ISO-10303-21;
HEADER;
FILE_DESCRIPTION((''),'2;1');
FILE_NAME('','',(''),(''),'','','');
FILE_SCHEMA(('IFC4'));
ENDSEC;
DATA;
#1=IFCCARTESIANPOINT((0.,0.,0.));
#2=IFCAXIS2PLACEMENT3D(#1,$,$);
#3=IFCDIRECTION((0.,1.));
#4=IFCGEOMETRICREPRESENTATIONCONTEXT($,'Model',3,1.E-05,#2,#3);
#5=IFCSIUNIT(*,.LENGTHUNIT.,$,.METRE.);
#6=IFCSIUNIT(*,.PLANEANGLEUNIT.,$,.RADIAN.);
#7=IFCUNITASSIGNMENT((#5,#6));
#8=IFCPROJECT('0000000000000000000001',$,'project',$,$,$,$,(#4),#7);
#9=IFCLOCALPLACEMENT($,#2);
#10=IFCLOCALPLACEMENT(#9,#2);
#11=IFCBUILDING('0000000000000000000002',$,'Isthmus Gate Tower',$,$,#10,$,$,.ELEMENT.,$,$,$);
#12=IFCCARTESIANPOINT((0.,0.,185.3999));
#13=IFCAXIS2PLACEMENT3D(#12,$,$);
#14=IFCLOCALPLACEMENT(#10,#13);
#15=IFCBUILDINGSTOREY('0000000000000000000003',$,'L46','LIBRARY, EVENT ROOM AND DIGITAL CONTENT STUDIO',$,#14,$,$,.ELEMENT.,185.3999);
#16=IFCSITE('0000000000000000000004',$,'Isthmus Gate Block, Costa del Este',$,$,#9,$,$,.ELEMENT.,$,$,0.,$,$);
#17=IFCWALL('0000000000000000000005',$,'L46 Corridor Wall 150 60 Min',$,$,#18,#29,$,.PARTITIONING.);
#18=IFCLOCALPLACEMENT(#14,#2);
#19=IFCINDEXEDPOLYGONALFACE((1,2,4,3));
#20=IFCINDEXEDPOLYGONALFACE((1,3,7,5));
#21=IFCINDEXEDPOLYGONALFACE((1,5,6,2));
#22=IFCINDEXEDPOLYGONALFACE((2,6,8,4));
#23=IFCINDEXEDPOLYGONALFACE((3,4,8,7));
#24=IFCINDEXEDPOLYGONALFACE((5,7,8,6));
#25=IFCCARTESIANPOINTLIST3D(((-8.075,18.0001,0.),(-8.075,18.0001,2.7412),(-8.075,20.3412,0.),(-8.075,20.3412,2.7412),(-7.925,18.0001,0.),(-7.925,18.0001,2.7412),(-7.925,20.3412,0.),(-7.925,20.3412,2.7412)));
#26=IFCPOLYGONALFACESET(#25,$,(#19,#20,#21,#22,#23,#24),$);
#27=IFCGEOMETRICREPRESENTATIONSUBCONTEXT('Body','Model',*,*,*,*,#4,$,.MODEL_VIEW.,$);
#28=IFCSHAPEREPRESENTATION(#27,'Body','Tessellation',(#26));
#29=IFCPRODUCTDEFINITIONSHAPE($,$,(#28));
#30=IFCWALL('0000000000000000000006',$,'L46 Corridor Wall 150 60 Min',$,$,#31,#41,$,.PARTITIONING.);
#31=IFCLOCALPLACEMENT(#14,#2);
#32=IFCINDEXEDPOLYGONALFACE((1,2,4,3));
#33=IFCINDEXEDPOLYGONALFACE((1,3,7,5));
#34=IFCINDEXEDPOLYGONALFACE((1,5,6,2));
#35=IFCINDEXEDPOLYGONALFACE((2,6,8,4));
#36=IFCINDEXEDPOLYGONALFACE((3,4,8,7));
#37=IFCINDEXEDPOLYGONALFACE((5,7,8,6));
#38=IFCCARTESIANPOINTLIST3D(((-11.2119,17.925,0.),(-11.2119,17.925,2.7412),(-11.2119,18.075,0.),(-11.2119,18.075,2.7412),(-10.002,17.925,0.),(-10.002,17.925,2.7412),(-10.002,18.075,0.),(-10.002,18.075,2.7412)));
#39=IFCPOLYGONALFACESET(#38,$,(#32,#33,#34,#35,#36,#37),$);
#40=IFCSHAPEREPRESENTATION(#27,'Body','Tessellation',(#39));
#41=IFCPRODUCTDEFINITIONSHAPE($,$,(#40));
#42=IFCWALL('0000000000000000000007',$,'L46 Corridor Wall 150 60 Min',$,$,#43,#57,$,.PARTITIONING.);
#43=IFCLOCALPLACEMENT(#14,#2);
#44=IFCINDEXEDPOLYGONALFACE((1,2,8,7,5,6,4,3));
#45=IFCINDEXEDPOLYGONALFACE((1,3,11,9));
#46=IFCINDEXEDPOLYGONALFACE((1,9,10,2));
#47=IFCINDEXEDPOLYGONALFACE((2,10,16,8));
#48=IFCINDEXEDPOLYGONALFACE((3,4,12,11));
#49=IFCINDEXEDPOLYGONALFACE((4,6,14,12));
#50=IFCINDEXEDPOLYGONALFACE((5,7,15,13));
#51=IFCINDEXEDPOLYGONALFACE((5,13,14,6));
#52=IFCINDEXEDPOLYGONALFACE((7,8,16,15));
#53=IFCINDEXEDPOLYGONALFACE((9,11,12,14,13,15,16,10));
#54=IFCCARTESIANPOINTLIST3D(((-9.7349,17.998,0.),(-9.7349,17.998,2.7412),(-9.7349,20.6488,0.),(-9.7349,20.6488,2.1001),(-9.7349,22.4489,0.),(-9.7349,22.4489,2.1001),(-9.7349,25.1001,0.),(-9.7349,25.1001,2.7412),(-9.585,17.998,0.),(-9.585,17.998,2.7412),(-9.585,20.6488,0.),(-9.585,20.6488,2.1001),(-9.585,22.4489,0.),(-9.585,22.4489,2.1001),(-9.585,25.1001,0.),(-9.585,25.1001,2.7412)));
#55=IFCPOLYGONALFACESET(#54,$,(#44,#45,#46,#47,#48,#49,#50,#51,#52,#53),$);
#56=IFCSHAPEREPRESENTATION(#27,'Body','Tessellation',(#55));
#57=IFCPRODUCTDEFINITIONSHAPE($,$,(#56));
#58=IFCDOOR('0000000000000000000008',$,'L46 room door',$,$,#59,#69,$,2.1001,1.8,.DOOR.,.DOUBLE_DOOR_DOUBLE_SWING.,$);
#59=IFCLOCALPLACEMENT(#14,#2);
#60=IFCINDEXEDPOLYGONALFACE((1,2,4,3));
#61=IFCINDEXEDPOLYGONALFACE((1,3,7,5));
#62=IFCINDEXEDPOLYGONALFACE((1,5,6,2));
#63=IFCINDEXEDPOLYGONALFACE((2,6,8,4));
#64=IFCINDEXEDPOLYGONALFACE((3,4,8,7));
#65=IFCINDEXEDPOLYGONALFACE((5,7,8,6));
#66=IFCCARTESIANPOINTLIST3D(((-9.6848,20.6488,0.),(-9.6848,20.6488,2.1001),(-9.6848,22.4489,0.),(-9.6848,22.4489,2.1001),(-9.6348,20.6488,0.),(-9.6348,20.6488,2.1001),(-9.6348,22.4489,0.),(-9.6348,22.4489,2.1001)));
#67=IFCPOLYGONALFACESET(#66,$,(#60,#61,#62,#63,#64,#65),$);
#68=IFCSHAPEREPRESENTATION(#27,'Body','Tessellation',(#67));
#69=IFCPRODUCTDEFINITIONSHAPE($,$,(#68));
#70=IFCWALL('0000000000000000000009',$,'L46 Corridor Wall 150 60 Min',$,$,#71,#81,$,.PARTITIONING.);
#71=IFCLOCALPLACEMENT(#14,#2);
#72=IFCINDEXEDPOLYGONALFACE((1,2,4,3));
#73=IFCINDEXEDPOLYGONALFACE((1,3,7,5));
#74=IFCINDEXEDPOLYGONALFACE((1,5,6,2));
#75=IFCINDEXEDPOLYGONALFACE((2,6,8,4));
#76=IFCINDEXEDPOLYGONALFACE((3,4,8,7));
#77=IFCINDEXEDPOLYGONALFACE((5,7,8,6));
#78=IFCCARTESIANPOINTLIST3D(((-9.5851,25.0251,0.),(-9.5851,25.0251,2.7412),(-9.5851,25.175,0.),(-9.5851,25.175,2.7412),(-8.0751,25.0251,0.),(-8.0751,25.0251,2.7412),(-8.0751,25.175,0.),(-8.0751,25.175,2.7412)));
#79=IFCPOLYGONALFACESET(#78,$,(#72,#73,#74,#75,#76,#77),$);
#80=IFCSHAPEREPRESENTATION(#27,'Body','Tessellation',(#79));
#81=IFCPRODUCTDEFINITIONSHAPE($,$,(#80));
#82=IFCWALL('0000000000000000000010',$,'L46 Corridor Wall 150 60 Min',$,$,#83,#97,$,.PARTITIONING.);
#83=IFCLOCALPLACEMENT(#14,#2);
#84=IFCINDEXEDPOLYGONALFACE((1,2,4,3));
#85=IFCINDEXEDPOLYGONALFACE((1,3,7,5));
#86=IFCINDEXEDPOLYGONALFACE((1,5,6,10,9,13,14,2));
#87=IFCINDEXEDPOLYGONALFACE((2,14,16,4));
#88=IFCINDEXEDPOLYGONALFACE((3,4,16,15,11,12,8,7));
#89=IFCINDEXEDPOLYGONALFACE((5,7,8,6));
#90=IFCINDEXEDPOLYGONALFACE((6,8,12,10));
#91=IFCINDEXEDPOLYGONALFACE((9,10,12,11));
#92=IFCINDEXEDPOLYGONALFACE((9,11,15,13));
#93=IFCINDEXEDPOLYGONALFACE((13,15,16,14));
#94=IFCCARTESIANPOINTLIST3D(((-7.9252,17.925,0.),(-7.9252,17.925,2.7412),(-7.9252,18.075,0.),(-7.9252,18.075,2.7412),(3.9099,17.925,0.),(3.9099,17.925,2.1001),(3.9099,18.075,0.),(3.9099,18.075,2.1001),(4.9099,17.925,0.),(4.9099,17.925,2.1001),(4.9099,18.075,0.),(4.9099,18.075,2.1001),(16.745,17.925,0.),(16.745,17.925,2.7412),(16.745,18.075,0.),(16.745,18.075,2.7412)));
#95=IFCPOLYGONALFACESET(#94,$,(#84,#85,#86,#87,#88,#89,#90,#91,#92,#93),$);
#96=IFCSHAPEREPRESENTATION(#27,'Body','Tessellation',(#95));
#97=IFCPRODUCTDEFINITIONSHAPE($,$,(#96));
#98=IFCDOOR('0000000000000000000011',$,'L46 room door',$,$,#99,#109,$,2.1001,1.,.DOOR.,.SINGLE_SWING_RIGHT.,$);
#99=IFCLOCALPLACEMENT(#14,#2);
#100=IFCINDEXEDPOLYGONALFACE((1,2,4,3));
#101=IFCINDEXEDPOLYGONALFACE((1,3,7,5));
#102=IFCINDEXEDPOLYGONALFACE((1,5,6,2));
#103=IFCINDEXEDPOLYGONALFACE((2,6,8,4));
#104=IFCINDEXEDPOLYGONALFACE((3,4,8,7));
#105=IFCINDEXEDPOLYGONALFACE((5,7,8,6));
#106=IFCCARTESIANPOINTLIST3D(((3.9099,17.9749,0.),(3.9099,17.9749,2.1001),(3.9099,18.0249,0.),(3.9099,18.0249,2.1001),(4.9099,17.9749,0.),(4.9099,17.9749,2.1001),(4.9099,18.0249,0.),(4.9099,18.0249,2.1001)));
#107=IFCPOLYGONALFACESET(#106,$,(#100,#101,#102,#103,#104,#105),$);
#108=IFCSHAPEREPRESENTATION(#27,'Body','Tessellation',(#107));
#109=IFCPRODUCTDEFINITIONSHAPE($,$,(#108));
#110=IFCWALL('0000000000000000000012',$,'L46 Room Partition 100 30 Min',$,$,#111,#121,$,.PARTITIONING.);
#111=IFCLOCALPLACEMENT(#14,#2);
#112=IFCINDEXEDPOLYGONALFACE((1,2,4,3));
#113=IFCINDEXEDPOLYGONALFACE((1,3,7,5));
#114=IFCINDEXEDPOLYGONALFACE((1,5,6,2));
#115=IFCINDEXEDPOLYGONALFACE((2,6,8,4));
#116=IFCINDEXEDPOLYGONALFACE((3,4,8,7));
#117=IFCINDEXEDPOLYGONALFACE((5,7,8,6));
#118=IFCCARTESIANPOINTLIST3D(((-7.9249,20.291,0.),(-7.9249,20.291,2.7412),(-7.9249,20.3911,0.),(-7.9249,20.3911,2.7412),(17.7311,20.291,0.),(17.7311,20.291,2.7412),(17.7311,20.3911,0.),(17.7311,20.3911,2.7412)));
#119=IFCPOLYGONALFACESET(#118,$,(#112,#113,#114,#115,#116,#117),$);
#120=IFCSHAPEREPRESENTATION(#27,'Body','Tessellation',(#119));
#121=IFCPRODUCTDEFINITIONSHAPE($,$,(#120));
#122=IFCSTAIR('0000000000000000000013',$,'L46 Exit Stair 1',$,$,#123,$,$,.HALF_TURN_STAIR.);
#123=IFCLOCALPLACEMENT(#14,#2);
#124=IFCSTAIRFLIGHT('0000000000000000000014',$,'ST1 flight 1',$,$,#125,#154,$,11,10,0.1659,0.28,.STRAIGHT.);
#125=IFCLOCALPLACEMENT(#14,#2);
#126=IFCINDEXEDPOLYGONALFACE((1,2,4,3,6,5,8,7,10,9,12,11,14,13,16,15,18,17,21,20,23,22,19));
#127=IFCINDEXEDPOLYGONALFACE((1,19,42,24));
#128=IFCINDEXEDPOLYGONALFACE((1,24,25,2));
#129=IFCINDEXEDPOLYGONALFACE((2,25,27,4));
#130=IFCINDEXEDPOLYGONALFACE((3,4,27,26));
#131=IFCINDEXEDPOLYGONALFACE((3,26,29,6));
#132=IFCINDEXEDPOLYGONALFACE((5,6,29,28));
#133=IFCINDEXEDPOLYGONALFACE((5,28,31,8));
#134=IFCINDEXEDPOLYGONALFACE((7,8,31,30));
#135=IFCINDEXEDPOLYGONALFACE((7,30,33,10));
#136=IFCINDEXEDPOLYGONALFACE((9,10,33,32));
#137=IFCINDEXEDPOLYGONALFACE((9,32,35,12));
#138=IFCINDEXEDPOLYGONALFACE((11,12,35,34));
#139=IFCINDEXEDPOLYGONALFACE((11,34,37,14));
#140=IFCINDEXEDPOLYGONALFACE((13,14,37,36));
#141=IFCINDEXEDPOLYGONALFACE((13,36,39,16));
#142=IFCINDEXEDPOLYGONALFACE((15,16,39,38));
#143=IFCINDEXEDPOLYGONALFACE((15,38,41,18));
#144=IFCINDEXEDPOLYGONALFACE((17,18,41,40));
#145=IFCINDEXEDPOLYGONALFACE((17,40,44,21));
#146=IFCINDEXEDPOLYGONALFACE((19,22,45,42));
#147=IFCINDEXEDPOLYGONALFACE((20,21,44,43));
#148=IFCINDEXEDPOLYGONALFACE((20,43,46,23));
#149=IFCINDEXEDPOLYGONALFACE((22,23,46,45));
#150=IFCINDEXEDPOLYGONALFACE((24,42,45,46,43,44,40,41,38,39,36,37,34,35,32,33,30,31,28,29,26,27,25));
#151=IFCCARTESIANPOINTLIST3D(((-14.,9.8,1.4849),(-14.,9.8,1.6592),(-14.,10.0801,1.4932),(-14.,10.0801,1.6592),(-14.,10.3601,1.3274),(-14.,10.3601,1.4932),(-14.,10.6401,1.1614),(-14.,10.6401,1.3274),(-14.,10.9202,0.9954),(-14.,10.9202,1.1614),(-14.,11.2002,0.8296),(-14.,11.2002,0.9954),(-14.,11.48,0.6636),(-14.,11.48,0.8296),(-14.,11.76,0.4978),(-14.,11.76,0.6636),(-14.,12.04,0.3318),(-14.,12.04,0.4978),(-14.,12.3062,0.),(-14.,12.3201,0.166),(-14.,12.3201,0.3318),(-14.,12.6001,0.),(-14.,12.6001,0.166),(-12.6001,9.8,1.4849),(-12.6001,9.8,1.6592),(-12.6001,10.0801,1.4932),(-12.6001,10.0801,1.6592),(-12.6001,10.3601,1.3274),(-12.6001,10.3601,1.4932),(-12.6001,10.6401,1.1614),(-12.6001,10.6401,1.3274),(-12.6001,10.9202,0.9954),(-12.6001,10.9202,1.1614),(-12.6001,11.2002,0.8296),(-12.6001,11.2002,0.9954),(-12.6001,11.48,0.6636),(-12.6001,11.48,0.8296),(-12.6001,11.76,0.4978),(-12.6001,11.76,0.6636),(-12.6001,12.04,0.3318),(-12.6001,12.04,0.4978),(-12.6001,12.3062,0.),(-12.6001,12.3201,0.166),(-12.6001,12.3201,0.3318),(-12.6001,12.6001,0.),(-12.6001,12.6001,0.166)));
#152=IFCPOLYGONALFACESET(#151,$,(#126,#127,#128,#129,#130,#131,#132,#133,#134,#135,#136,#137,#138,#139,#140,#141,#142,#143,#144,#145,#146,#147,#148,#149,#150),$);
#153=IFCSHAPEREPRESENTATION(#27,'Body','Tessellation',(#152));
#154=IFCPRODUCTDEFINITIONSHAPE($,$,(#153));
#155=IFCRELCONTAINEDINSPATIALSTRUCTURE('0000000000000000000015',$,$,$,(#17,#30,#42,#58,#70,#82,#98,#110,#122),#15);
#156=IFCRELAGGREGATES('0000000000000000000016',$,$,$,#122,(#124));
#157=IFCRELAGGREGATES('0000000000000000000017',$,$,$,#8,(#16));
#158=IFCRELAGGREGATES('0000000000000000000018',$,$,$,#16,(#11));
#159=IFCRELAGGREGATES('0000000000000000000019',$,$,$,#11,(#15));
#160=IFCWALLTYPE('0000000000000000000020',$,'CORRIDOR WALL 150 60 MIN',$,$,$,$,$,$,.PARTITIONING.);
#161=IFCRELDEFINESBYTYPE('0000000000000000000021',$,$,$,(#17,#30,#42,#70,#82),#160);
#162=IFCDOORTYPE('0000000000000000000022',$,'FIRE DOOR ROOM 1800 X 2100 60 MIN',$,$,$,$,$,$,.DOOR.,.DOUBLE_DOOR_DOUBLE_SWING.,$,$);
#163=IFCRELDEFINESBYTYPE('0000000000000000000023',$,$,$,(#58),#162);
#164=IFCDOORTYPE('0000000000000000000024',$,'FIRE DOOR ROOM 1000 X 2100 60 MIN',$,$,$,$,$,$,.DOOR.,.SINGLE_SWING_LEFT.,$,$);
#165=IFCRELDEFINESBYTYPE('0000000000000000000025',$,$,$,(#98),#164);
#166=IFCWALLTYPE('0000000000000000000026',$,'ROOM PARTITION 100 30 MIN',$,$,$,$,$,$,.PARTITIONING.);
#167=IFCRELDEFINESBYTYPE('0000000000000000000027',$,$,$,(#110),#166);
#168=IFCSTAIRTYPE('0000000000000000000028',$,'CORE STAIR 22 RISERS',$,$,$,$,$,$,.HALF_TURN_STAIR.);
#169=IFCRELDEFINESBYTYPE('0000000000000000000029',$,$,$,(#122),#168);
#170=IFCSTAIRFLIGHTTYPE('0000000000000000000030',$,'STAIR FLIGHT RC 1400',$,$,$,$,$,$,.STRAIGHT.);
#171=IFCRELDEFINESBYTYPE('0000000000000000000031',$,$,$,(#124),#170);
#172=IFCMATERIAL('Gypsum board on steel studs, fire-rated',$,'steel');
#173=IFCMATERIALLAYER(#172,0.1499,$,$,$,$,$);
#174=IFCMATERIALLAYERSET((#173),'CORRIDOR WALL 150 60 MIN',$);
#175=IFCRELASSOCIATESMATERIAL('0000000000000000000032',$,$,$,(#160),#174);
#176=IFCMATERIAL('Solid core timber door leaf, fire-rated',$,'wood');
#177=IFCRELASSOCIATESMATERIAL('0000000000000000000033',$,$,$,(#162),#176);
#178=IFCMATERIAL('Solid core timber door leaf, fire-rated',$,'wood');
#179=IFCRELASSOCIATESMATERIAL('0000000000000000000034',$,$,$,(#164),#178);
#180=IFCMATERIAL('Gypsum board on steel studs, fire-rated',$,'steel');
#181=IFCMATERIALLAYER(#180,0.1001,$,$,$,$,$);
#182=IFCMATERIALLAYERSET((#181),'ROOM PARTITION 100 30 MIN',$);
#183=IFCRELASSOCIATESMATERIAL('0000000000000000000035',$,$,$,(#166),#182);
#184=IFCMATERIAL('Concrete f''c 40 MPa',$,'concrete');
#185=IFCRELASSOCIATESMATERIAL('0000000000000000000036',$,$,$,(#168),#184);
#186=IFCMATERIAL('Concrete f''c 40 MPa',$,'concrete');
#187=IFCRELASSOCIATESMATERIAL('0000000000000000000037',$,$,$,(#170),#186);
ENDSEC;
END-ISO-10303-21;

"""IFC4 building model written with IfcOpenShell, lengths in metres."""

from ifc_helpers import new_model, si_unit, direction, frame, frame_2d, origin, place, context, subcontext, project, spatial, polyline, rectangle, outline, extrude, material, layer, layer_set, type_object, element, fill, aggregate, save


model = new_model("IFC4")

# Units and contexts
model_context = context("Model", 3, precision=1e-05, world=origin(), true_north=direction((0.0, 1.0)))
body_context = subcontext(model_context, "Body", "Model", "MODEL_VIEW")
ifc_project = project(units=[si_unit("LENGTHUNIT", "METRE"), si_unit("PLANEANGLEUNIT", "RADIAN")], contexts=[model_context])

# Site, building, storey
site_placement = place(None, origin())
site = spatial("IfcSite", under=ifc_project, at=site_placement, Name="Isthmus Gate Block, Costa del Este", CompositionType="ELEMENT", RefElevation=0.0)
building_placement = place(site_placement, origin())
building = spatial("IfcBuilding", under=site, at=building_placement, Name="Isthmus Gate Tower", CompositionType="ELEMENT")
storey_placement = place(building_placement, frame((0.0, 0.0, 185.3999)))
storey = spatial("IfcBuildingStorey", under=building, at=storey_placement, Name="L46", Description="LIBRARY, EVENT ROOM AND DIGITAL CONTENT STUDIO", CompositionType="ELEMENT", Elevation=185.3999)

# Walls
ifc_material_1 = material(Name="Gypsum board on steel studs, fire-rated", Category="steel")
ifc_layer_1 = layer(ifc_material_1, 0.1499)
ifc_layer_set_1 = layer_set([ifc_layer_1], Name="CORRIDOR WALL 150 60 MIN")
wall_type_1 = type_object("IfcWallType", Name="CORRIDOR WALL 150 60 MIN", PredefinedType="PARTITIONING", material=ifc_layer_set_1)
wall_1_placement = place(storey_placement, frame((-8.0, 20.3411, 0.0), z_axis=(0.0, 0.0, 1.0), x_axis=(0.0, -1.0, 0.0)))
element("IfcWall", 1, at=wall_1_placement, inside=storey, type_object=wall_type_1, Name="L46 Corridor Wall 150 60 Min", PredefinedType="PARTITIONING", context=body_context, shape_type="SweptSolid", body=[
    extrude(rectangle(XDim=2.3411, YDim=0.1499, at=frame_2d((1.1704, 0.0))), origin(), (0.0, 0.0, 1.0), 2.7412),
])
wall_2_placement = place(storey_placement, frame((-11.2119, 18.0, 0.0), z_axis=(0.0, 0.0, 1.0), x_axis=(1.0, 0.0, 0.0)))
element("IfcWall", 2, at=wall_2_placement, inside=storey, type_object=wall_type_1, Name="L46 Corridor Wall 150 60 Min", PredefinedType="PARTITIONING", context=body_context, shape_type="SweptSolid", body=[
    extrude(rectangle(XDim=1.21, YDim=0.1499, at=frame_2d((0.605, 0.0))), origin(), (0.0, 0.0, 1.0), 2.7412),
])

# Wall, opening, door
wall_3_placement = place(storey_placement, frame((-9.6599, 17.998, 0.0), z_axis=(0.0, 0.0, 1.0), x_axis=(0.0, 1.0, 0.0)))
wall_3 = element("IfcWall", 3, at=wall_3_placement, inside=storey, type_object=wall_type_1, Name="L46 Corridor Wall 150 60 Min", PredefinedType="PARTITIONING", context=body_context, shape_type="SweptSolid", body=[
    extrude(rectangle(XDim=7.1021, YDim=0.1499, at=frame_2d((3.551, 0.0))), origin(), (0.0, 0.0, 1.0), 2.7412),
])
opening_1_placement = place(wall_3_placement, frame((2.6509, 0.0, 0.0)))
opening_1 = element("IfcOpeningElement", 4, at=opening_1_placement, cuts=wall_3, PredefinedType="OPENING", context=body_context, shape_type="SweptSolid", body=[
    extrude(rectangle(XDim=1.8, YDim=2.1001, at=frame_2d((0.8999, 1.05))), frame((0.0, 0.085, 0.0), z_axis=(0.0, -1.0, 0.0), x_axis=(1.0, 0.0, 0.0)), (0.0, 0.0, 1.0), 0.1699),
])
ifc_material_2 = material(Name="Solid core timber door leaf, fire-rated", Category="wood")
door_type_1 = type_object("IfcDoorType", Name="FIRE DOOR ROOM 1800 X 2100 60 MIN", OperationType="DOUBLE_DOOR_DOUBLE_SWING", PredefinedType="DOOR", material=ifc_material_2)
door_1_placement = place(opening_1_placement, origin())
door_1 = element("IfcDoor", 5, at=door_1_placement, inside=storey, type_object=door_type_1, Name="L46 room door", OperationType="DOUBLE_DOOR_DOUBLE_SWING", OverallHeight=2.1001, OverallWidth=1.8, PredefinedType="DOOR", context=body_context, shape_type="SweptSolid", body=[
    extrude(rectangle(XDim=1.8, YDim=2.1001, at=frame_2d((0.8999, 1.05))), frame((0.0, 0.0249, 0.0), z_axis=(0.0, -1.0, 0.0), x_axis=(1.0, 0.0, 0.0)), (0.0, 0.0, 1.0), 0.05),
])
fill(opening_1, door_1)

# Wall
wall_4_placement = place(storey_placement, frame((-9.585, 25.1001, 0.0), z_axis=(0.0, 0.0, 1.0), x_axis=(1.0, 0.0, 0.0)))
element("IfcWall", 6, at=wall_4_placement, inside=storey, type_object=wall_type_1, Name="L46 Corridor Wall 150 60 Min", PredefinedType="PARTITIONING", context=body_context, shape_type="SweptSolid", body=[
    extrude(rectangle(XDim=1.51, YDim=0.1499, at=frame_2d((0.7549, 0.0))), origin(), (0.0, 0.0, 1.0), 2.7412),
])

# Wall, opening, door
wall_5_placement = place(storey_placement, frame((-7.925, 18.0, 0.0), z_axis=(0.0, 0.0, 1.0), x_axis=(1.0, 0.0, 0.0)))
wall_5 = element("IfcWall", 7, at=wall_5_placement, inside=storey, type_object=wall_type_1, Name="L46 Corridor Wall 150 60 Min", PredefinedType="PARTITIONING", context=body_context, shape_type="SweptSolid", body=[
    extrude(rectangle(XDim=24.6702, YDim=0.1499, at=frame_2d((12.335, 0.0))), origin(), (0.0, 0.0, 1.0), 2.7412),
])
opening_2_placement = place(wall_5_placement, frame((11.835, 0.0, 0.0)))
opening_2 = element("IfcOpeningElement", 8, at=opening_2_placement, cuts=wall_5, PredefinedType="OPENING", context=body_context, shape_type="SweptSolid", body=[
    extrude(rectangle(XDim=1.0, YDim=2.1001, at=frame_2d((0.5, 1.05))), frame((0.0, 0.085, 0.0), z_axis=(0.0, -1.0, 0.0), x_axis=(1.0, 0.0, 0.0)), (0.0, 0.0, 1.0), 0.1699),
])
ifc_material_3 = material(Name="Solid core timber door leaf, fire-rated", Category="wood")
door_type_2 = type_object("IfcDoorType", Name="FIRE DOOR ROOM 1000 X 2100 60 MIN", OperationType="SINGLE_SWING_LEFT", PredefinedType="DOOR", material=ifc_material_3)
door_2_placement = place(opening_2_placement, origin())
door_2 = element("IfcDoor", 9, at=door_2_placement, inside=storey, type_object=door_type_2, Name="L46 room door", OperationType="SINGLE_SWING_RIGHT", OverallHeight=2.1001, OverallWidth=1.0, PredefinedType="DOOR", context=body_context, shape_type="SweptSolid", body=[
    extrude(rectangle(XDim=1.0, YDim=2.1001, at=frame_2d((0.5, 1.05))), frame((0.0, 0.0249, 0.0), z_axis=(0.0, -1.0, 0.0), x_axis=(1.0, 0.0, 0.0)), (0.0, 0.0, 1.0), 0.05),
])
fill(opening_2, door_2)

# Wall
ifc_material_4 = material(Name="Gypsum board on steel studs, fire-rated", Category="steel")
ifc_layer_2 = layer(ifc_material_4, 0.1001)
ifc_layer_set_2 = layer_set([ifc_layer_2], Name="ROOM PARTITION 100 30 MIN")
wall_type_2 = type_object("IfcWallType", Name="ROOM PARTITION 100 30 MIN", PredefinedType="PARTITIONING", material=ifc_layer_set_2)
wall_6_placement = place(storey_placement, frame((-7.925, 20.3411, 0.0), z_axis=(0.0, 0.0, 1.0), x_axis=(1.0, 0.0, 0.0)))
element("IfcWall", 10, at=wall_6_placement, inside=storey, type_object=wall_type_2, Name="L46 Room Partition 100 30 Min", PredefinedType="PARTITIONING", context=body_context, shape_type="SweptSolid", body=[
    extrude(rectangle(XDim=25.656, YDim=0.1001, at=frame_2d((12.8281, 0.0))), origin(), (0.0, 0.0, 1.0), 2.7412),
])

# Stair, stair flight
ifc_material_5 = material(Name="Concrete f'c 40 MPa", Category="concrete")
stair_type = type_object("IfcStairType", Name="CORE STAIR 22 RISERS", PredefinedType="HALF_TURN_STAIR", material=ifc_material_5)
stair_placement = place(storey_placement, origin())
stair = element("IfcStair", 11, at=stair_placement, inside=storey, type_object=stair_type, Name="L46 Exit Stair 1", PredefinedType="HALF_TURN_STAIR")
ifc_material_6 = material(Name="Concrete f'c 40 MPa", Category="concrete")
stair_flight_type = type_object("IfcStairFlightType", Name="STAIR FLIGHT RC 1400", PredefinedType="STRAIGHT", material=ifc_material_6)
stair_flight_placement = place(storey_placement, frame((-13.3, 12.6001, 0.0), z_axis=(0.0, 0.0, 1.0), x_axis=(0.0, -1.0, 0.0)))
stair_flight = element("IfcStairFlight", 12, at=stair_flight_placement, type_object=stair_flight_type, Name="ST1 flight 1", NumberOfRisers=11, NumberOfTreads=10, PredefinedType="STRAIGHT", RiserHeight=0.1659, TreadLength=0.28, context=body_context, shape_type="SweptSolid", body=[
    extrude(outline(polyline([(0.0, 0.0), (0.0, 0.166), (0.28, 0.166), (0.28, 0.3318), (0.5601, 0.3318), (0.5601, 0.4978), (0.8401, 0.4978), (0.8401, 0.6636), (1.1201, 0.6636), (1.1201, 0.8296), (1.3999, 0.8296), (1.3999, 0.9954), (1.6799, 0.9954), (1.6799, 1.1614), (1.96, 1.1614), (1.96, 1.3274), (2.24, 1.3274), (2.24, 1.4932), (2.52, 1.4932), (2.52, 1.6592), (2.8, 1.6592), (2.8, 1.825), (2.8, 1.4849), (0.2939, 0.0), (0.0, 0.0)])), frame((0.0, 0.7, 0.0), z_axis=(0.0, -1.0, 0.0), x_axis=(1.0, 0.0, 0.0)), (0.0, 0.0, 1.0), 1.3999),
])
aggregate(stair, [stair_flight])

save(model, "model.ifc")
